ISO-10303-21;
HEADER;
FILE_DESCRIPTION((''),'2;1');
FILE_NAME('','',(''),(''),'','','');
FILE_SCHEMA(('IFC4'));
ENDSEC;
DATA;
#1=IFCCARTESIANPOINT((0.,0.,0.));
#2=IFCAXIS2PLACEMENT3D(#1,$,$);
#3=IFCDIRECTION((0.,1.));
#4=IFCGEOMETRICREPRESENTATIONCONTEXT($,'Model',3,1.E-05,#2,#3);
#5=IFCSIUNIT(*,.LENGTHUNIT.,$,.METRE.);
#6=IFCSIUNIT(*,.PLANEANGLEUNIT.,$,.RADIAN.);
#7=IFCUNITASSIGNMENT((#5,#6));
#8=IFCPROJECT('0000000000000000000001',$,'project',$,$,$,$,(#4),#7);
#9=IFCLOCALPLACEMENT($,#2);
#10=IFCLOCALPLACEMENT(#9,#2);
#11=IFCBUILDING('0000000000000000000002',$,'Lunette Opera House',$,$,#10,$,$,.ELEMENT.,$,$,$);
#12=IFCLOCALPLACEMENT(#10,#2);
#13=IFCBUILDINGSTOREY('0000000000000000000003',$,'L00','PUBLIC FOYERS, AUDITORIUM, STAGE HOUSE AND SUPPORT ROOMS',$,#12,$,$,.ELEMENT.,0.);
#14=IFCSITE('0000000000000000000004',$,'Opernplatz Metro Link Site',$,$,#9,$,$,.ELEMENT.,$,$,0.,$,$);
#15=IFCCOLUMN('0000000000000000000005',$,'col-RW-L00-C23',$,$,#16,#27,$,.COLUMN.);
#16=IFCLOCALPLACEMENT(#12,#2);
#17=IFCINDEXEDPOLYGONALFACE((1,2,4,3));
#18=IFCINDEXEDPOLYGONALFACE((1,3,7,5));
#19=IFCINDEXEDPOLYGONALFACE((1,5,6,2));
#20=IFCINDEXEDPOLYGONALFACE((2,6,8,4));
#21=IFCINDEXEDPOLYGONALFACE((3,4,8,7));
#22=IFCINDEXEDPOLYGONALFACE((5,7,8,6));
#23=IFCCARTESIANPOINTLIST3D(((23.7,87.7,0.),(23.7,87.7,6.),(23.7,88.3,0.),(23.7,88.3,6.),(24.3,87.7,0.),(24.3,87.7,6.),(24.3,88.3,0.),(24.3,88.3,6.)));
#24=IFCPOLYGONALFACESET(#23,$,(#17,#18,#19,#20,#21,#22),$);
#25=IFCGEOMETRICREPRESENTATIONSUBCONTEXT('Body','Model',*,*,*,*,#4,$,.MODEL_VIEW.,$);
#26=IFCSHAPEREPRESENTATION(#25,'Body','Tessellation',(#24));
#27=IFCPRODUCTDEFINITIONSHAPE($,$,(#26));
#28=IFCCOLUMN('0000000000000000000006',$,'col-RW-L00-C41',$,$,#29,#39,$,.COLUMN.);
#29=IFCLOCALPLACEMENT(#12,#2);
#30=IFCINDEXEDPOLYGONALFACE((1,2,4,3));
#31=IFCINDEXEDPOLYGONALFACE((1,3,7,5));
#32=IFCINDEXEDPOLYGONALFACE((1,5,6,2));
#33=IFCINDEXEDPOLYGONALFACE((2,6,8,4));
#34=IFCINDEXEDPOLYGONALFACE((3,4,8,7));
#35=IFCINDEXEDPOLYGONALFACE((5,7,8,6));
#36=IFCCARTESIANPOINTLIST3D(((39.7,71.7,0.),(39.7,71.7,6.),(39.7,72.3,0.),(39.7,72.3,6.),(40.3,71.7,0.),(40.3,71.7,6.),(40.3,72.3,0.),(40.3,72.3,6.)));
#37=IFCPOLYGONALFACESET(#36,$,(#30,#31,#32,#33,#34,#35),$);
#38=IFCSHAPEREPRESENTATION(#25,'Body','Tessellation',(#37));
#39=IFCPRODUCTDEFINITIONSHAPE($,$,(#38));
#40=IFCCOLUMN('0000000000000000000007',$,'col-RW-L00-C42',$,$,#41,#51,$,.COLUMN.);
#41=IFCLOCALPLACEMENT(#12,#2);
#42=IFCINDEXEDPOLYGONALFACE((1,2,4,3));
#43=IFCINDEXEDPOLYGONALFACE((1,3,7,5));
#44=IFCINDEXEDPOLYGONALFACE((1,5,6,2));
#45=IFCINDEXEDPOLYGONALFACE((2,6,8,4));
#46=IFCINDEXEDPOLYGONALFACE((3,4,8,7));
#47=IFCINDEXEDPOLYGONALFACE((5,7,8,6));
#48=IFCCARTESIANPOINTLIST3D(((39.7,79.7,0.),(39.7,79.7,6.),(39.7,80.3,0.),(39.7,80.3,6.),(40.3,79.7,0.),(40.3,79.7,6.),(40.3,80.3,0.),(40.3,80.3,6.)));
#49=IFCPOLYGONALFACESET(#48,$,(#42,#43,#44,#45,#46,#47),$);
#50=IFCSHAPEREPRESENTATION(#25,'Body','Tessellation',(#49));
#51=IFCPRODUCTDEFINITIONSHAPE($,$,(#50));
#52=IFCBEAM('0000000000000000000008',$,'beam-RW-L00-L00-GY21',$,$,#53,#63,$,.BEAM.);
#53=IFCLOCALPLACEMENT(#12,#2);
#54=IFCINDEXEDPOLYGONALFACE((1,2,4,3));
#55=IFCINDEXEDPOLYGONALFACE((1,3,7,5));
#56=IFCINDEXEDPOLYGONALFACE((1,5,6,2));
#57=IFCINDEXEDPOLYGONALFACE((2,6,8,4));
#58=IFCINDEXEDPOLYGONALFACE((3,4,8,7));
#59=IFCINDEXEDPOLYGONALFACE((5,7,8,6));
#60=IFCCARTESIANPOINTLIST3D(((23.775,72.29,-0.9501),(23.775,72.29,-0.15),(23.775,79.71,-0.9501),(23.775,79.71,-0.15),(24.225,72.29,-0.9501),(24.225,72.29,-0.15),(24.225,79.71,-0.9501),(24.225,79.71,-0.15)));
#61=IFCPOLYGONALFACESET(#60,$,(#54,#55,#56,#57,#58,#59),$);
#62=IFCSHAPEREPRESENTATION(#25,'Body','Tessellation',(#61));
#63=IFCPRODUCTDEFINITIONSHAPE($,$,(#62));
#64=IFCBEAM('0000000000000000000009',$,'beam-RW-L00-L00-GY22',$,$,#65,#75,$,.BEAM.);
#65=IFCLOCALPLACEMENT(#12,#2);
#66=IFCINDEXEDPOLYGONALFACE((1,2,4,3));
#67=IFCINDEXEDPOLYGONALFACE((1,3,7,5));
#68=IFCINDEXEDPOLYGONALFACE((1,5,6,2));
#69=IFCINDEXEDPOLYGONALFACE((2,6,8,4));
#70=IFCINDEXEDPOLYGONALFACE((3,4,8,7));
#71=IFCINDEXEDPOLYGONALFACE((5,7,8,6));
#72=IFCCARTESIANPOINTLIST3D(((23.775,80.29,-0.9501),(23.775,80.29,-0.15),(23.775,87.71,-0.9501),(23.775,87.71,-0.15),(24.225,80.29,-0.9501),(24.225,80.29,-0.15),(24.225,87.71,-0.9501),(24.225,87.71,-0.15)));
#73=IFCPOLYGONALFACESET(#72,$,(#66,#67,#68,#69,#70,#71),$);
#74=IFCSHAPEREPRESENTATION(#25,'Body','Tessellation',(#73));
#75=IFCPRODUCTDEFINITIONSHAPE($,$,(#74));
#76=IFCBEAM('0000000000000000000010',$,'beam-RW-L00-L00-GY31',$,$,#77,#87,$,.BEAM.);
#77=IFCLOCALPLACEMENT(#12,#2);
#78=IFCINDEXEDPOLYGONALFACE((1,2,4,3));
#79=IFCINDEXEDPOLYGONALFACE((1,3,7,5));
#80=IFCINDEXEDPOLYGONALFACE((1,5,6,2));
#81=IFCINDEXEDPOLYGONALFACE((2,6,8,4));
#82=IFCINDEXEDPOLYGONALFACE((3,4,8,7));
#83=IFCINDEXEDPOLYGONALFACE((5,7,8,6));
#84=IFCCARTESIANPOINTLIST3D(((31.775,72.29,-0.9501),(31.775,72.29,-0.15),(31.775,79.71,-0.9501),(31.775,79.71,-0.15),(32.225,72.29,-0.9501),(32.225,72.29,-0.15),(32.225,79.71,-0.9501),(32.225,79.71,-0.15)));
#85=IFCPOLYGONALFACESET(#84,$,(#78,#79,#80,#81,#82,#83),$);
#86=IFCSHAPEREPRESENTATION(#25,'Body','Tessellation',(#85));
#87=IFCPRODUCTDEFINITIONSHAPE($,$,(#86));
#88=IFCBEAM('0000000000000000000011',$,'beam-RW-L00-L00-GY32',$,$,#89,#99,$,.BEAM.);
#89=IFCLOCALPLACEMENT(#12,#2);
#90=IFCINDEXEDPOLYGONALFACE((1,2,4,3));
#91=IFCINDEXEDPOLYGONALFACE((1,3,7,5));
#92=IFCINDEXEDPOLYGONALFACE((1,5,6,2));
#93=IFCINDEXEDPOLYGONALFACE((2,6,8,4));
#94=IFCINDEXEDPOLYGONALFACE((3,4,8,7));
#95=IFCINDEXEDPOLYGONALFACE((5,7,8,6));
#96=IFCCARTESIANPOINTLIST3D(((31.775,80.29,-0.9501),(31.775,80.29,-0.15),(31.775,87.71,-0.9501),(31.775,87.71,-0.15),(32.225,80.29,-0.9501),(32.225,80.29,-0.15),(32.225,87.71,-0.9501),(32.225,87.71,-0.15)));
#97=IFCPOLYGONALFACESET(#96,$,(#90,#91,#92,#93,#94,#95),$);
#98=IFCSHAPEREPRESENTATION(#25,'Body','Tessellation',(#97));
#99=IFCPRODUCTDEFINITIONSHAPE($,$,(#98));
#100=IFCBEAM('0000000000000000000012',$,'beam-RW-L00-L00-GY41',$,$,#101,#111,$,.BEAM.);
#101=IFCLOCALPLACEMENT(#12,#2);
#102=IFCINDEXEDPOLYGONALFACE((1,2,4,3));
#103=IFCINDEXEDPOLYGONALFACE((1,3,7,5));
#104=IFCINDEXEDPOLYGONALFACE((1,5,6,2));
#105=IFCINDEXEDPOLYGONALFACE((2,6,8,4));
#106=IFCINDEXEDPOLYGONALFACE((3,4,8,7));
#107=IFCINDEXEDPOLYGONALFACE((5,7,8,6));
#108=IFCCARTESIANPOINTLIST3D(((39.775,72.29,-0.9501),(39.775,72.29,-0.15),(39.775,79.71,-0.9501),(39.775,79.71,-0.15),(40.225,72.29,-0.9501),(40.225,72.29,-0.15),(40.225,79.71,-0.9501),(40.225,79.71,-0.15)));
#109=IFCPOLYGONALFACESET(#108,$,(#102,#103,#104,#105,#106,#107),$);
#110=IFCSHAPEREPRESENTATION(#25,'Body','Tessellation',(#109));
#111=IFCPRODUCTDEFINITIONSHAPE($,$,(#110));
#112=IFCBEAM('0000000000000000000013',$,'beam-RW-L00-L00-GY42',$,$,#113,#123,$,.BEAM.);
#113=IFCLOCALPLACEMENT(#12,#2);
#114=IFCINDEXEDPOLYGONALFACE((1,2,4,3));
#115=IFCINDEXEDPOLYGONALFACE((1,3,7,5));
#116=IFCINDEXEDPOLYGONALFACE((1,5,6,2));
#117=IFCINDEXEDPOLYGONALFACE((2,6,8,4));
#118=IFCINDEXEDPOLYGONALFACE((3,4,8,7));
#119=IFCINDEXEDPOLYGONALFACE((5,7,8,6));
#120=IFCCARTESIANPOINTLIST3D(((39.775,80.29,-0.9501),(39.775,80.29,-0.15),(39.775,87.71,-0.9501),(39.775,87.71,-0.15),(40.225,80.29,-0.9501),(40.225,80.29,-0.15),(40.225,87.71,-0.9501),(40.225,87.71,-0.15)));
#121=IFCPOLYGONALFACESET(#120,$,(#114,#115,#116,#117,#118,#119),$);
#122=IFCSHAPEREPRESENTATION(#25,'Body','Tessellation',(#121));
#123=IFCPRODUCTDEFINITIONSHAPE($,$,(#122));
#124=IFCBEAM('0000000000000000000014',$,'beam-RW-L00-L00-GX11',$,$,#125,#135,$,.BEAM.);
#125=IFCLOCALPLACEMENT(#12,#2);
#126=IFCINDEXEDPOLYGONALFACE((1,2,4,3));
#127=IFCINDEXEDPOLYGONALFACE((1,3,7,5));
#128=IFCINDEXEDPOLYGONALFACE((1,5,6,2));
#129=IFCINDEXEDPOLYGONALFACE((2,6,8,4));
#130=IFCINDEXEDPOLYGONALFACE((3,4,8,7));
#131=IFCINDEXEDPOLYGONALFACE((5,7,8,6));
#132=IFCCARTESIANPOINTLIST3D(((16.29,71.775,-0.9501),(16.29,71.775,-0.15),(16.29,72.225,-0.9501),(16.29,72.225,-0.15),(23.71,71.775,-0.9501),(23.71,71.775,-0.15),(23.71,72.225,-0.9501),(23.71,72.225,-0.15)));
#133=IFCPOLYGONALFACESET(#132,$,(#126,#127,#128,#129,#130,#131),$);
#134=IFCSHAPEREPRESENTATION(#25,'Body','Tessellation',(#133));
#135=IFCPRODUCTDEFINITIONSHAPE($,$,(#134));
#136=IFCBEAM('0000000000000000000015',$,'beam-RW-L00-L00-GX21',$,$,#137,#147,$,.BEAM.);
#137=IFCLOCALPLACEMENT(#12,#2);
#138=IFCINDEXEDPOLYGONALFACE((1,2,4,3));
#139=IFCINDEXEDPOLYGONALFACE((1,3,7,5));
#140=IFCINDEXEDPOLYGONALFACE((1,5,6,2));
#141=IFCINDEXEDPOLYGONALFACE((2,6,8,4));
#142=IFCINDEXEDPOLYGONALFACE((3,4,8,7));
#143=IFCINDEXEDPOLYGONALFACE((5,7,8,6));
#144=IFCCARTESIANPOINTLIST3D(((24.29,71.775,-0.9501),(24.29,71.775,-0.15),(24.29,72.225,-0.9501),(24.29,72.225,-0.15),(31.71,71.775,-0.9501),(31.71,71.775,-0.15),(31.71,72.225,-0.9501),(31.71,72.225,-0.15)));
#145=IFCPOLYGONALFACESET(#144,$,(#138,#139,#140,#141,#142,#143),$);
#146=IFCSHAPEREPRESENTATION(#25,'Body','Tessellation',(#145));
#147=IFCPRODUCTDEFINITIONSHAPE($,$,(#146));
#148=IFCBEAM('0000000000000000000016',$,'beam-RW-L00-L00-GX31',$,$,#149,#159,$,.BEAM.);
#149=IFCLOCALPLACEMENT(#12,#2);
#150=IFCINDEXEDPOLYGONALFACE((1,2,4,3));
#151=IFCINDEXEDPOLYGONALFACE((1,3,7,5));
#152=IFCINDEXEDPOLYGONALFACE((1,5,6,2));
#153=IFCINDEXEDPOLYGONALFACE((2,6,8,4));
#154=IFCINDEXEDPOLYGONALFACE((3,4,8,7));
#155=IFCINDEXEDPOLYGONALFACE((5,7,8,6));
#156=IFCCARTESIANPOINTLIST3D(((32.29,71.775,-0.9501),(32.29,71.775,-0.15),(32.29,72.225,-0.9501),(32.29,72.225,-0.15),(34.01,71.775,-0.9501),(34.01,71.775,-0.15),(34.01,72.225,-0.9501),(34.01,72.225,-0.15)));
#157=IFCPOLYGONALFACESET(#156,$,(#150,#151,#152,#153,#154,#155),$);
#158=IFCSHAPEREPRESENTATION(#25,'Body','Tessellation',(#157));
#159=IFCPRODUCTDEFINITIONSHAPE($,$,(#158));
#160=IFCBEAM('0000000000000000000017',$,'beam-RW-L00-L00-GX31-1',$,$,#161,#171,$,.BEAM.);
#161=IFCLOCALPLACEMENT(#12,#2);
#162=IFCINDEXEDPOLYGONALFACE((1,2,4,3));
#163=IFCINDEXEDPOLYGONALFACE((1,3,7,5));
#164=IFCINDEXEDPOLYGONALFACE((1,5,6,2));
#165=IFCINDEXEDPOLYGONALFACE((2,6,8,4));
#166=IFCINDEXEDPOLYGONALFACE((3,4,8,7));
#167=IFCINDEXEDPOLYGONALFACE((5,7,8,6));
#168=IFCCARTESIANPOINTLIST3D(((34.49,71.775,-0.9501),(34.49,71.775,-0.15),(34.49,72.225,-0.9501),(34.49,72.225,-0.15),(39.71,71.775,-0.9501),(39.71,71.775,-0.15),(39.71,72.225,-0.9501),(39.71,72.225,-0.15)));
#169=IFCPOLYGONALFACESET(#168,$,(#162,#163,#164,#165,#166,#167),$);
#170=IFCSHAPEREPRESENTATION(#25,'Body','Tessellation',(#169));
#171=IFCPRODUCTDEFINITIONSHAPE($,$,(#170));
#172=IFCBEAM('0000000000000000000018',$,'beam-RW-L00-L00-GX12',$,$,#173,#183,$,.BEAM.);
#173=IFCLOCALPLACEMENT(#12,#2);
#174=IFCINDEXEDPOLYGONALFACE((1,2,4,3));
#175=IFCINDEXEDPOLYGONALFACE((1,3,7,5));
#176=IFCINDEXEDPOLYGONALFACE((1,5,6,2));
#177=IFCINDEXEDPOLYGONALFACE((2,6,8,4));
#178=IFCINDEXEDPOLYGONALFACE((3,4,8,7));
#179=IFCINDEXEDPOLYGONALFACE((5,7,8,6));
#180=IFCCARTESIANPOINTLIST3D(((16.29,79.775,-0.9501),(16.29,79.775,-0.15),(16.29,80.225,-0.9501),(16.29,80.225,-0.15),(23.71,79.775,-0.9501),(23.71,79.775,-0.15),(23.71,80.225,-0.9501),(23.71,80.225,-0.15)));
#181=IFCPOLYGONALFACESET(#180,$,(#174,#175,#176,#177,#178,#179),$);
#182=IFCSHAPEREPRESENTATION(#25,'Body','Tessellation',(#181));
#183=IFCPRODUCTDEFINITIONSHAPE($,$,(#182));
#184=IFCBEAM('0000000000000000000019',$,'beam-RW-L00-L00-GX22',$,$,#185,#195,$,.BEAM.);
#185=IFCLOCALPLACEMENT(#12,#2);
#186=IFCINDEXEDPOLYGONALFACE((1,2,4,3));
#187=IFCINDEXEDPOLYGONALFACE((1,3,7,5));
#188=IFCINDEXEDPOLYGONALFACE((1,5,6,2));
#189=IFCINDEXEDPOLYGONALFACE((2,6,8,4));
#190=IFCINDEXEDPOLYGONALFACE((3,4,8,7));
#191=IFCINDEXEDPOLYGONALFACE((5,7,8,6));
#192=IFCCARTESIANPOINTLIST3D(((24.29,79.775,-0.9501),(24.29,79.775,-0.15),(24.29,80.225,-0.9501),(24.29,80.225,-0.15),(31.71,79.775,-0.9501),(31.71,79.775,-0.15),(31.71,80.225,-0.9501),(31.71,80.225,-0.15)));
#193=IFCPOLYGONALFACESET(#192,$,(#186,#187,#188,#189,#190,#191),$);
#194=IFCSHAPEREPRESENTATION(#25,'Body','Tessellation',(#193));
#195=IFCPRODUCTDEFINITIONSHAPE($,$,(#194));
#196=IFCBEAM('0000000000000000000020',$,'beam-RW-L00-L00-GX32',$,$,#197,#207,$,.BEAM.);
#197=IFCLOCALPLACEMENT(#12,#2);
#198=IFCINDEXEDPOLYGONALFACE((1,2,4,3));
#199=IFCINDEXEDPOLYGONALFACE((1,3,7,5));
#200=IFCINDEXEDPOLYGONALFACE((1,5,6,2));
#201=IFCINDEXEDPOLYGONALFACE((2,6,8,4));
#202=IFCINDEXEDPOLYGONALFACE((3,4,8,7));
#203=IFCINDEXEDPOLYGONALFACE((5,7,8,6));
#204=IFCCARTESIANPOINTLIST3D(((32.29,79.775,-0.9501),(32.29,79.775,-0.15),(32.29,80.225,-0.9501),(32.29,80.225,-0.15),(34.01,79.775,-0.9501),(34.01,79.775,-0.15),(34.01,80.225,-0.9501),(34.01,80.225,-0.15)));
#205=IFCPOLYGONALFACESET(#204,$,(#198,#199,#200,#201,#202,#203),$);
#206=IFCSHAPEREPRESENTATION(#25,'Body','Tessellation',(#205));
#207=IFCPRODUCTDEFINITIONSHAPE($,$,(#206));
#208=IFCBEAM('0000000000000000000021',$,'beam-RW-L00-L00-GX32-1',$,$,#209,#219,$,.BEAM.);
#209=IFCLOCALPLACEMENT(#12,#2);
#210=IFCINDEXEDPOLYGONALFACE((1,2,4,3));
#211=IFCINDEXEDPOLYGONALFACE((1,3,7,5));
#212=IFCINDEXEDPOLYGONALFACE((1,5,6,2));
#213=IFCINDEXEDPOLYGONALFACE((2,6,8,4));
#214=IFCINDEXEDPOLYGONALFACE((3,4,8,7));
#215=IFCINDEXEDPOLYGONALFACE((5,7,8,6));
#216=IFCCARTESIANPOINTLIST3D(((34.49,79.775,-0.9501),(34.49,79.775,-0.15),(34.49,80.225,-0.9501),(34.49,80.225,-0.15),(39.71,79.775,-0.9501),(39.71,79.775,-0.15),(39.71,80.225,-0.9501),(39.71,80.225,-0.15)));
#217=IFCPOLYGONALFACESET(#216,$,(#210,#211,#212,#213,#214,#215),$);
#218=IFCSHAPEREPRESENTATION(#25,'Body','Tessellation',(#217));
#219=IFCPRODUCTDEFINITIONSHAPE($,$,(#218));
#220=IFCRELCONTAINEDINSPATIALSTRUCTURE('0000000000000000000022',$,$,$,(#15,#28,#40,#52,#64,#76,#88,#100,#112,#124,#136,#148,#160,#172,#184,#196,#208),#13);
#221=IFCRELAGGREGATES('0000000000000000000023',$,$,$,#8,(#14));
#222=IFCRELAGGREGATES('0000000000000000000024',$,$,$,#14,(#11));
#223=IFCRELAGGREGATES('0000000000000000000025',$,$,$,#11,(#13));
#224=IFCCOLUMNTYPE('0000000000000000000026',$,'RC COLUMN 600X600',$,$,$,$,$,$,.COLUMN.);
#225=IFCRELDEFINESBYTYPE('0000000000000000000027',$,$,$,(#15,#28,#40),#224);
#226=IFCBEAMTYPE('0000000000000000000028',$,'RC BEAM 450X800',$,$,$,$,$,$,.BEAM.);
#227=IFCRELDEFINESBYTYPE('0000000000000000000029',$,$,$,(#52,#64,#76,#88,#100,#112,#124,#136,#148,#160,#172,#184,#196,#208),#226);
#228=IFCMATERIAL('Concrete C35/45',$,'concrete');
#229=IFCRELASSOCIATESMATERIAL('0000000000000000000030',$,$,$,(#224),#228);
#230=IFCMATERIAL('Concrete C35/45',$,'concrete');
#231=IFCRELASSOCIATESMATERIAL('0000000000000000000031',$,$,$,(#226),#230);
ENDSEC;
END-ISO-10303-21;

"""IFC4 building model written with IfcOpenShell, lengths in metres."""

from ifc_helpers import new_model, si_unit, direction, frame, origin, origin_2d, place, context, subcontext, project, spatial, rectangle, extrude, material, material_profile, profile_set, type_object, element, save


model = new_model("IFC4")

# Units and contexts
model_context = context("Model", 3, precision=1e-05, world=origin(), true_north=direction((0.0, 1.0)))
body_context = subcontext(model_context, "Body", "Model", "MODEL_VIEW")
ifc_project = project(units=[si_unit("LENGTHUNIT", "METRE"), si_unit("PLANEANGLEUNIT", "RADIAN")], contexts=[model_context])

# Site, building, storey
site_placement = place(None, origin())
site = spatial("IfcSite", under=ifc_project, at=site_placement, Name="Opernplatz Metro Link Site", CompositionType="ELEMENT", RefElevation=0.0)
building_placement = place(site_placement, origin())
building = spatial("IfcBuilding", under=site, at=building_placement, Name="Lunette Opera House", CompositionType="ELEMENT")
storey_placement = place(building_placement, origin())
storey = spatial("IfcBuildingStorey", under=building, at=storey_placement, Name="L00", Description="PUBLIC FOYERS, AUDITORIUM, STAGE HOUSE AND SUPPORT ROOMS", CompositionType="ELEMENT", Elevation=0.0)

# Columns
ifc_material_1 = material(Name="Concrete C35/45", Category="concrete")
ifc_material_profile_1 = material_profile(ifc_material_1, rectangle(XDim=0.6001, YDim=0.6001, at=origin_2d()), Name="RC COLUMN 600X600")
ifc_profile_set_1 = profile_set([ifc_material_profile_1], Name="Concrete C35/45")
column_type = type_object("IfcColumnType", Name="RC COLUMN 600X600", PredefinedType="COLUMN", material=ifc_profile_set_1)
for number, where, z_axis, x_axis, name in (
    (1, (24.0, 88.0, 0.0), (0.0, 0.0, 1.0), (1.0, 0.0, 0.0), "col-RW-L00-C23"),
    (2, (40.0, 72.0, 0.0), (0.0, 0.0, 1.0), (1.0, 0.0, 0.0), "col-RW-L00-C41"),
    (3, (40.0, 80.0, 0.0), (0.0, 0.0, 1.0), (1.0, 0.0, 0.0), "col-RW-L00-C42"),
):
    element("IfcColumn", number, at=place(storey_placement, frame(where, z_axis=z_axis, x_axis=x_axis)), inside=storey, type_object=column_type, Name=name, PredefinedType="COLUMN", context=body_context, shape_type="SweptSolid", body=[
        extrude(rectangle(XDim=0.6001, YDim=0.6001, at=origin_2d()), origin(), (0.0, 0.0, 1.0), 6.0),
    ])

# Beams
ifc_material_2 = material(Name="Concrete C35/45", Category="concrete")
ifc_material_profile_2 = material_profile(ifc_material_2, rectangle(XDim=0.45, YDim=0.8, at=origin_2d()), Name="RC BEAM 450X800")
ifc_profile_set_2 = profile_set([ifc_material_profile_2], Name="Concrete C35/45")
beam_type_1 = type_object("IfcBeamType", Name="RC BEAM 450X800", PredefinedType="BEAM", material=ifc_profile_set_2)
for number, where, z_axis, x_axis, name in (
    (4, (24.0, 72.29, -0.55), (0.0, 1.0, 0.0), (-1.0, 0.0, 0.0), "beam-RW-L00-L00-GY21"),
    (5, (24.0, 80.29, -0.55), (0.0, 1.0, 0.0), (-1.0, 0.0, 0.0), "beam-RW-L00-L00-GY22"),
    (6, (32.0, 72.29, -0.55), (0.0, 1.0, 0.0), (-1.0, 0.0, 0.0), "beam-RW-L00-L00-GY31"),
    (7, (32.0, 80.29, -0.55), (0.0, 1.0, 0.0), (-1.0, 0.0, 0.0), "beam-RW-L00-L00-GY32"),
    (8, (40.0, 72.29, -0.55), (0.0, 1.0, 0.0), (-1.0, 0.0, 0.0), "beam-RW-L00-L00-GY41"),
    (9, (40.0, 80.29, -0.55), (0.0, 1.0, 0.0), (-1.0, 0.0, 0.0), "beam-RW-L00-L00-GY42"),
    (10, (16.29, 72.0, -0.55), (1.0, 0.0, 0.0), (0.0, 1.0, 0.0), "beam-RW-L00-L00-GX11"),
    (11, (24.29, 72.0, -0.55), (1.0, 0.0, 0.0), (0.0, 1.0, 0.0), "beam-RW-L00-L00-GX21"),
):
    element("IfcBeam", number, at=place(storey_placement, frame(where, z_axis=z_axis, x_axis=x_axis)), inside=storey, type_object=beam_type_1, Name=name, PredefinedType="BEAM", context=body_context, shape_type="SweptSolid", body=[
        extrude(rectangle(XDim=0.45, YDim=0.8, at=origin_2d()), origin(), (0.0, 0.0, 1.0), 7.4199),
    ])
beam_1_placement = place(storey_placement, frame((32.29, 72.0, -0.55), z_axis=(1.0, 0.0, 0.0), x_axis=(0.0, 1.0, 0.0)))
element("IfcBeam", 12, at=beam_1_placement, inside=storey, type_object=beam_type_1, Name="beam-RW-L00-L00-GX31", PredefinedType="BEAM", context=body_context, shape_type="SweptSolid", body=[
    extrude(rectangle(XDim=0.45, YDim=0.8, at=origin_2d()), origin(), (0.0, 0.0, 1.0), 1.72),
])
beam_2_placement = place(storey_placement, frame((34.49, 72.0, -0.55), z_axis=(1.0, 0.0, 0.0), x_axis=(0.0, 1.0, 0.0)))
element("IfcBeam", 13, at=beam_2_placement, inside=storey, type_object=beam_type_1, Name="beam-RW-L00-L00-GX31-1", PredefinedType="BEAM", context=body_context, shape_type="SweptSolid", body=[
    extrude(rectangle(XDim=0.45, YDim=0.8, at=origin_2d()), origin(), (0.0, 0.0, 1.0), 5.22),
])
for number, where, z_axis, x_axis, name in (
    (14, (16.29, 80.0, -0.55), (1.0, 0.0, 0.0), (0.0, 1.0, 0.0), "beam-RW-L00-L00-GX12"),
    (15, (24.29, 80.0, -0.55), (1.0, 0.0, 0.0), (0.0, 1.0, 0.0), "beam-RW-L00-L00-GX22"),
):
    element("IfcBeam", number, at=place(storey_placement, frame(where, z_axis=z_axis, x_axis=x_axis)), inside=storey, type_object=beam_type_1, Name=name, PredefinedType="BEAM", context=body_context, shape_type="SweptSolid", body=[
        extrude(rectangle(XDim=0.45, YDim=0.8, at=origin_2d()), origin(), (0.0, 0.0, 1.0), 7.4199),
    ])
beam_3_placement = place(storey_placement, frame((32.29, 80.0, -0.55), z_axis=(1.0, 0.0, 0.0), x_axis=(0.0, 1.0, 0.0)))
element("IfcBeam", 16, at=beam_3_placement, inside=storey, type_object=beam_type_1, Name="beam-RW-L00-L00-GX32", PredefinedType="BEAM", context=body_context, shape_type="SweptSolid", body=[
    extrude(rectangle(XDim=0.45, YDim=0.8, at=origin_2d()), origin(), (0.0, 0.0, 1.0), 1.72),
])
beam_4_placement = place(storey_placement, frame((34.49, 80.0, -0.55), z_axis=(1.0, 0.0, 0.0), x_axis=(0.0, 1.0, 0.0)))
element("IfcBeam", 17, at=beam_4_placement, inside=storey, type_object=beam_type_1, Name="beam-RW-L00-L00-GX32-1", PredefinedType="BEAM", context=body_context, shape_type="SweptSolid", body=[
    extrude(rectangle(XDim=0.45, YDim=0.8, at=origin_2d()), origin(), (0.0, 0.0, 1.0), 5.22),
])

save(model, "model.ifc")
